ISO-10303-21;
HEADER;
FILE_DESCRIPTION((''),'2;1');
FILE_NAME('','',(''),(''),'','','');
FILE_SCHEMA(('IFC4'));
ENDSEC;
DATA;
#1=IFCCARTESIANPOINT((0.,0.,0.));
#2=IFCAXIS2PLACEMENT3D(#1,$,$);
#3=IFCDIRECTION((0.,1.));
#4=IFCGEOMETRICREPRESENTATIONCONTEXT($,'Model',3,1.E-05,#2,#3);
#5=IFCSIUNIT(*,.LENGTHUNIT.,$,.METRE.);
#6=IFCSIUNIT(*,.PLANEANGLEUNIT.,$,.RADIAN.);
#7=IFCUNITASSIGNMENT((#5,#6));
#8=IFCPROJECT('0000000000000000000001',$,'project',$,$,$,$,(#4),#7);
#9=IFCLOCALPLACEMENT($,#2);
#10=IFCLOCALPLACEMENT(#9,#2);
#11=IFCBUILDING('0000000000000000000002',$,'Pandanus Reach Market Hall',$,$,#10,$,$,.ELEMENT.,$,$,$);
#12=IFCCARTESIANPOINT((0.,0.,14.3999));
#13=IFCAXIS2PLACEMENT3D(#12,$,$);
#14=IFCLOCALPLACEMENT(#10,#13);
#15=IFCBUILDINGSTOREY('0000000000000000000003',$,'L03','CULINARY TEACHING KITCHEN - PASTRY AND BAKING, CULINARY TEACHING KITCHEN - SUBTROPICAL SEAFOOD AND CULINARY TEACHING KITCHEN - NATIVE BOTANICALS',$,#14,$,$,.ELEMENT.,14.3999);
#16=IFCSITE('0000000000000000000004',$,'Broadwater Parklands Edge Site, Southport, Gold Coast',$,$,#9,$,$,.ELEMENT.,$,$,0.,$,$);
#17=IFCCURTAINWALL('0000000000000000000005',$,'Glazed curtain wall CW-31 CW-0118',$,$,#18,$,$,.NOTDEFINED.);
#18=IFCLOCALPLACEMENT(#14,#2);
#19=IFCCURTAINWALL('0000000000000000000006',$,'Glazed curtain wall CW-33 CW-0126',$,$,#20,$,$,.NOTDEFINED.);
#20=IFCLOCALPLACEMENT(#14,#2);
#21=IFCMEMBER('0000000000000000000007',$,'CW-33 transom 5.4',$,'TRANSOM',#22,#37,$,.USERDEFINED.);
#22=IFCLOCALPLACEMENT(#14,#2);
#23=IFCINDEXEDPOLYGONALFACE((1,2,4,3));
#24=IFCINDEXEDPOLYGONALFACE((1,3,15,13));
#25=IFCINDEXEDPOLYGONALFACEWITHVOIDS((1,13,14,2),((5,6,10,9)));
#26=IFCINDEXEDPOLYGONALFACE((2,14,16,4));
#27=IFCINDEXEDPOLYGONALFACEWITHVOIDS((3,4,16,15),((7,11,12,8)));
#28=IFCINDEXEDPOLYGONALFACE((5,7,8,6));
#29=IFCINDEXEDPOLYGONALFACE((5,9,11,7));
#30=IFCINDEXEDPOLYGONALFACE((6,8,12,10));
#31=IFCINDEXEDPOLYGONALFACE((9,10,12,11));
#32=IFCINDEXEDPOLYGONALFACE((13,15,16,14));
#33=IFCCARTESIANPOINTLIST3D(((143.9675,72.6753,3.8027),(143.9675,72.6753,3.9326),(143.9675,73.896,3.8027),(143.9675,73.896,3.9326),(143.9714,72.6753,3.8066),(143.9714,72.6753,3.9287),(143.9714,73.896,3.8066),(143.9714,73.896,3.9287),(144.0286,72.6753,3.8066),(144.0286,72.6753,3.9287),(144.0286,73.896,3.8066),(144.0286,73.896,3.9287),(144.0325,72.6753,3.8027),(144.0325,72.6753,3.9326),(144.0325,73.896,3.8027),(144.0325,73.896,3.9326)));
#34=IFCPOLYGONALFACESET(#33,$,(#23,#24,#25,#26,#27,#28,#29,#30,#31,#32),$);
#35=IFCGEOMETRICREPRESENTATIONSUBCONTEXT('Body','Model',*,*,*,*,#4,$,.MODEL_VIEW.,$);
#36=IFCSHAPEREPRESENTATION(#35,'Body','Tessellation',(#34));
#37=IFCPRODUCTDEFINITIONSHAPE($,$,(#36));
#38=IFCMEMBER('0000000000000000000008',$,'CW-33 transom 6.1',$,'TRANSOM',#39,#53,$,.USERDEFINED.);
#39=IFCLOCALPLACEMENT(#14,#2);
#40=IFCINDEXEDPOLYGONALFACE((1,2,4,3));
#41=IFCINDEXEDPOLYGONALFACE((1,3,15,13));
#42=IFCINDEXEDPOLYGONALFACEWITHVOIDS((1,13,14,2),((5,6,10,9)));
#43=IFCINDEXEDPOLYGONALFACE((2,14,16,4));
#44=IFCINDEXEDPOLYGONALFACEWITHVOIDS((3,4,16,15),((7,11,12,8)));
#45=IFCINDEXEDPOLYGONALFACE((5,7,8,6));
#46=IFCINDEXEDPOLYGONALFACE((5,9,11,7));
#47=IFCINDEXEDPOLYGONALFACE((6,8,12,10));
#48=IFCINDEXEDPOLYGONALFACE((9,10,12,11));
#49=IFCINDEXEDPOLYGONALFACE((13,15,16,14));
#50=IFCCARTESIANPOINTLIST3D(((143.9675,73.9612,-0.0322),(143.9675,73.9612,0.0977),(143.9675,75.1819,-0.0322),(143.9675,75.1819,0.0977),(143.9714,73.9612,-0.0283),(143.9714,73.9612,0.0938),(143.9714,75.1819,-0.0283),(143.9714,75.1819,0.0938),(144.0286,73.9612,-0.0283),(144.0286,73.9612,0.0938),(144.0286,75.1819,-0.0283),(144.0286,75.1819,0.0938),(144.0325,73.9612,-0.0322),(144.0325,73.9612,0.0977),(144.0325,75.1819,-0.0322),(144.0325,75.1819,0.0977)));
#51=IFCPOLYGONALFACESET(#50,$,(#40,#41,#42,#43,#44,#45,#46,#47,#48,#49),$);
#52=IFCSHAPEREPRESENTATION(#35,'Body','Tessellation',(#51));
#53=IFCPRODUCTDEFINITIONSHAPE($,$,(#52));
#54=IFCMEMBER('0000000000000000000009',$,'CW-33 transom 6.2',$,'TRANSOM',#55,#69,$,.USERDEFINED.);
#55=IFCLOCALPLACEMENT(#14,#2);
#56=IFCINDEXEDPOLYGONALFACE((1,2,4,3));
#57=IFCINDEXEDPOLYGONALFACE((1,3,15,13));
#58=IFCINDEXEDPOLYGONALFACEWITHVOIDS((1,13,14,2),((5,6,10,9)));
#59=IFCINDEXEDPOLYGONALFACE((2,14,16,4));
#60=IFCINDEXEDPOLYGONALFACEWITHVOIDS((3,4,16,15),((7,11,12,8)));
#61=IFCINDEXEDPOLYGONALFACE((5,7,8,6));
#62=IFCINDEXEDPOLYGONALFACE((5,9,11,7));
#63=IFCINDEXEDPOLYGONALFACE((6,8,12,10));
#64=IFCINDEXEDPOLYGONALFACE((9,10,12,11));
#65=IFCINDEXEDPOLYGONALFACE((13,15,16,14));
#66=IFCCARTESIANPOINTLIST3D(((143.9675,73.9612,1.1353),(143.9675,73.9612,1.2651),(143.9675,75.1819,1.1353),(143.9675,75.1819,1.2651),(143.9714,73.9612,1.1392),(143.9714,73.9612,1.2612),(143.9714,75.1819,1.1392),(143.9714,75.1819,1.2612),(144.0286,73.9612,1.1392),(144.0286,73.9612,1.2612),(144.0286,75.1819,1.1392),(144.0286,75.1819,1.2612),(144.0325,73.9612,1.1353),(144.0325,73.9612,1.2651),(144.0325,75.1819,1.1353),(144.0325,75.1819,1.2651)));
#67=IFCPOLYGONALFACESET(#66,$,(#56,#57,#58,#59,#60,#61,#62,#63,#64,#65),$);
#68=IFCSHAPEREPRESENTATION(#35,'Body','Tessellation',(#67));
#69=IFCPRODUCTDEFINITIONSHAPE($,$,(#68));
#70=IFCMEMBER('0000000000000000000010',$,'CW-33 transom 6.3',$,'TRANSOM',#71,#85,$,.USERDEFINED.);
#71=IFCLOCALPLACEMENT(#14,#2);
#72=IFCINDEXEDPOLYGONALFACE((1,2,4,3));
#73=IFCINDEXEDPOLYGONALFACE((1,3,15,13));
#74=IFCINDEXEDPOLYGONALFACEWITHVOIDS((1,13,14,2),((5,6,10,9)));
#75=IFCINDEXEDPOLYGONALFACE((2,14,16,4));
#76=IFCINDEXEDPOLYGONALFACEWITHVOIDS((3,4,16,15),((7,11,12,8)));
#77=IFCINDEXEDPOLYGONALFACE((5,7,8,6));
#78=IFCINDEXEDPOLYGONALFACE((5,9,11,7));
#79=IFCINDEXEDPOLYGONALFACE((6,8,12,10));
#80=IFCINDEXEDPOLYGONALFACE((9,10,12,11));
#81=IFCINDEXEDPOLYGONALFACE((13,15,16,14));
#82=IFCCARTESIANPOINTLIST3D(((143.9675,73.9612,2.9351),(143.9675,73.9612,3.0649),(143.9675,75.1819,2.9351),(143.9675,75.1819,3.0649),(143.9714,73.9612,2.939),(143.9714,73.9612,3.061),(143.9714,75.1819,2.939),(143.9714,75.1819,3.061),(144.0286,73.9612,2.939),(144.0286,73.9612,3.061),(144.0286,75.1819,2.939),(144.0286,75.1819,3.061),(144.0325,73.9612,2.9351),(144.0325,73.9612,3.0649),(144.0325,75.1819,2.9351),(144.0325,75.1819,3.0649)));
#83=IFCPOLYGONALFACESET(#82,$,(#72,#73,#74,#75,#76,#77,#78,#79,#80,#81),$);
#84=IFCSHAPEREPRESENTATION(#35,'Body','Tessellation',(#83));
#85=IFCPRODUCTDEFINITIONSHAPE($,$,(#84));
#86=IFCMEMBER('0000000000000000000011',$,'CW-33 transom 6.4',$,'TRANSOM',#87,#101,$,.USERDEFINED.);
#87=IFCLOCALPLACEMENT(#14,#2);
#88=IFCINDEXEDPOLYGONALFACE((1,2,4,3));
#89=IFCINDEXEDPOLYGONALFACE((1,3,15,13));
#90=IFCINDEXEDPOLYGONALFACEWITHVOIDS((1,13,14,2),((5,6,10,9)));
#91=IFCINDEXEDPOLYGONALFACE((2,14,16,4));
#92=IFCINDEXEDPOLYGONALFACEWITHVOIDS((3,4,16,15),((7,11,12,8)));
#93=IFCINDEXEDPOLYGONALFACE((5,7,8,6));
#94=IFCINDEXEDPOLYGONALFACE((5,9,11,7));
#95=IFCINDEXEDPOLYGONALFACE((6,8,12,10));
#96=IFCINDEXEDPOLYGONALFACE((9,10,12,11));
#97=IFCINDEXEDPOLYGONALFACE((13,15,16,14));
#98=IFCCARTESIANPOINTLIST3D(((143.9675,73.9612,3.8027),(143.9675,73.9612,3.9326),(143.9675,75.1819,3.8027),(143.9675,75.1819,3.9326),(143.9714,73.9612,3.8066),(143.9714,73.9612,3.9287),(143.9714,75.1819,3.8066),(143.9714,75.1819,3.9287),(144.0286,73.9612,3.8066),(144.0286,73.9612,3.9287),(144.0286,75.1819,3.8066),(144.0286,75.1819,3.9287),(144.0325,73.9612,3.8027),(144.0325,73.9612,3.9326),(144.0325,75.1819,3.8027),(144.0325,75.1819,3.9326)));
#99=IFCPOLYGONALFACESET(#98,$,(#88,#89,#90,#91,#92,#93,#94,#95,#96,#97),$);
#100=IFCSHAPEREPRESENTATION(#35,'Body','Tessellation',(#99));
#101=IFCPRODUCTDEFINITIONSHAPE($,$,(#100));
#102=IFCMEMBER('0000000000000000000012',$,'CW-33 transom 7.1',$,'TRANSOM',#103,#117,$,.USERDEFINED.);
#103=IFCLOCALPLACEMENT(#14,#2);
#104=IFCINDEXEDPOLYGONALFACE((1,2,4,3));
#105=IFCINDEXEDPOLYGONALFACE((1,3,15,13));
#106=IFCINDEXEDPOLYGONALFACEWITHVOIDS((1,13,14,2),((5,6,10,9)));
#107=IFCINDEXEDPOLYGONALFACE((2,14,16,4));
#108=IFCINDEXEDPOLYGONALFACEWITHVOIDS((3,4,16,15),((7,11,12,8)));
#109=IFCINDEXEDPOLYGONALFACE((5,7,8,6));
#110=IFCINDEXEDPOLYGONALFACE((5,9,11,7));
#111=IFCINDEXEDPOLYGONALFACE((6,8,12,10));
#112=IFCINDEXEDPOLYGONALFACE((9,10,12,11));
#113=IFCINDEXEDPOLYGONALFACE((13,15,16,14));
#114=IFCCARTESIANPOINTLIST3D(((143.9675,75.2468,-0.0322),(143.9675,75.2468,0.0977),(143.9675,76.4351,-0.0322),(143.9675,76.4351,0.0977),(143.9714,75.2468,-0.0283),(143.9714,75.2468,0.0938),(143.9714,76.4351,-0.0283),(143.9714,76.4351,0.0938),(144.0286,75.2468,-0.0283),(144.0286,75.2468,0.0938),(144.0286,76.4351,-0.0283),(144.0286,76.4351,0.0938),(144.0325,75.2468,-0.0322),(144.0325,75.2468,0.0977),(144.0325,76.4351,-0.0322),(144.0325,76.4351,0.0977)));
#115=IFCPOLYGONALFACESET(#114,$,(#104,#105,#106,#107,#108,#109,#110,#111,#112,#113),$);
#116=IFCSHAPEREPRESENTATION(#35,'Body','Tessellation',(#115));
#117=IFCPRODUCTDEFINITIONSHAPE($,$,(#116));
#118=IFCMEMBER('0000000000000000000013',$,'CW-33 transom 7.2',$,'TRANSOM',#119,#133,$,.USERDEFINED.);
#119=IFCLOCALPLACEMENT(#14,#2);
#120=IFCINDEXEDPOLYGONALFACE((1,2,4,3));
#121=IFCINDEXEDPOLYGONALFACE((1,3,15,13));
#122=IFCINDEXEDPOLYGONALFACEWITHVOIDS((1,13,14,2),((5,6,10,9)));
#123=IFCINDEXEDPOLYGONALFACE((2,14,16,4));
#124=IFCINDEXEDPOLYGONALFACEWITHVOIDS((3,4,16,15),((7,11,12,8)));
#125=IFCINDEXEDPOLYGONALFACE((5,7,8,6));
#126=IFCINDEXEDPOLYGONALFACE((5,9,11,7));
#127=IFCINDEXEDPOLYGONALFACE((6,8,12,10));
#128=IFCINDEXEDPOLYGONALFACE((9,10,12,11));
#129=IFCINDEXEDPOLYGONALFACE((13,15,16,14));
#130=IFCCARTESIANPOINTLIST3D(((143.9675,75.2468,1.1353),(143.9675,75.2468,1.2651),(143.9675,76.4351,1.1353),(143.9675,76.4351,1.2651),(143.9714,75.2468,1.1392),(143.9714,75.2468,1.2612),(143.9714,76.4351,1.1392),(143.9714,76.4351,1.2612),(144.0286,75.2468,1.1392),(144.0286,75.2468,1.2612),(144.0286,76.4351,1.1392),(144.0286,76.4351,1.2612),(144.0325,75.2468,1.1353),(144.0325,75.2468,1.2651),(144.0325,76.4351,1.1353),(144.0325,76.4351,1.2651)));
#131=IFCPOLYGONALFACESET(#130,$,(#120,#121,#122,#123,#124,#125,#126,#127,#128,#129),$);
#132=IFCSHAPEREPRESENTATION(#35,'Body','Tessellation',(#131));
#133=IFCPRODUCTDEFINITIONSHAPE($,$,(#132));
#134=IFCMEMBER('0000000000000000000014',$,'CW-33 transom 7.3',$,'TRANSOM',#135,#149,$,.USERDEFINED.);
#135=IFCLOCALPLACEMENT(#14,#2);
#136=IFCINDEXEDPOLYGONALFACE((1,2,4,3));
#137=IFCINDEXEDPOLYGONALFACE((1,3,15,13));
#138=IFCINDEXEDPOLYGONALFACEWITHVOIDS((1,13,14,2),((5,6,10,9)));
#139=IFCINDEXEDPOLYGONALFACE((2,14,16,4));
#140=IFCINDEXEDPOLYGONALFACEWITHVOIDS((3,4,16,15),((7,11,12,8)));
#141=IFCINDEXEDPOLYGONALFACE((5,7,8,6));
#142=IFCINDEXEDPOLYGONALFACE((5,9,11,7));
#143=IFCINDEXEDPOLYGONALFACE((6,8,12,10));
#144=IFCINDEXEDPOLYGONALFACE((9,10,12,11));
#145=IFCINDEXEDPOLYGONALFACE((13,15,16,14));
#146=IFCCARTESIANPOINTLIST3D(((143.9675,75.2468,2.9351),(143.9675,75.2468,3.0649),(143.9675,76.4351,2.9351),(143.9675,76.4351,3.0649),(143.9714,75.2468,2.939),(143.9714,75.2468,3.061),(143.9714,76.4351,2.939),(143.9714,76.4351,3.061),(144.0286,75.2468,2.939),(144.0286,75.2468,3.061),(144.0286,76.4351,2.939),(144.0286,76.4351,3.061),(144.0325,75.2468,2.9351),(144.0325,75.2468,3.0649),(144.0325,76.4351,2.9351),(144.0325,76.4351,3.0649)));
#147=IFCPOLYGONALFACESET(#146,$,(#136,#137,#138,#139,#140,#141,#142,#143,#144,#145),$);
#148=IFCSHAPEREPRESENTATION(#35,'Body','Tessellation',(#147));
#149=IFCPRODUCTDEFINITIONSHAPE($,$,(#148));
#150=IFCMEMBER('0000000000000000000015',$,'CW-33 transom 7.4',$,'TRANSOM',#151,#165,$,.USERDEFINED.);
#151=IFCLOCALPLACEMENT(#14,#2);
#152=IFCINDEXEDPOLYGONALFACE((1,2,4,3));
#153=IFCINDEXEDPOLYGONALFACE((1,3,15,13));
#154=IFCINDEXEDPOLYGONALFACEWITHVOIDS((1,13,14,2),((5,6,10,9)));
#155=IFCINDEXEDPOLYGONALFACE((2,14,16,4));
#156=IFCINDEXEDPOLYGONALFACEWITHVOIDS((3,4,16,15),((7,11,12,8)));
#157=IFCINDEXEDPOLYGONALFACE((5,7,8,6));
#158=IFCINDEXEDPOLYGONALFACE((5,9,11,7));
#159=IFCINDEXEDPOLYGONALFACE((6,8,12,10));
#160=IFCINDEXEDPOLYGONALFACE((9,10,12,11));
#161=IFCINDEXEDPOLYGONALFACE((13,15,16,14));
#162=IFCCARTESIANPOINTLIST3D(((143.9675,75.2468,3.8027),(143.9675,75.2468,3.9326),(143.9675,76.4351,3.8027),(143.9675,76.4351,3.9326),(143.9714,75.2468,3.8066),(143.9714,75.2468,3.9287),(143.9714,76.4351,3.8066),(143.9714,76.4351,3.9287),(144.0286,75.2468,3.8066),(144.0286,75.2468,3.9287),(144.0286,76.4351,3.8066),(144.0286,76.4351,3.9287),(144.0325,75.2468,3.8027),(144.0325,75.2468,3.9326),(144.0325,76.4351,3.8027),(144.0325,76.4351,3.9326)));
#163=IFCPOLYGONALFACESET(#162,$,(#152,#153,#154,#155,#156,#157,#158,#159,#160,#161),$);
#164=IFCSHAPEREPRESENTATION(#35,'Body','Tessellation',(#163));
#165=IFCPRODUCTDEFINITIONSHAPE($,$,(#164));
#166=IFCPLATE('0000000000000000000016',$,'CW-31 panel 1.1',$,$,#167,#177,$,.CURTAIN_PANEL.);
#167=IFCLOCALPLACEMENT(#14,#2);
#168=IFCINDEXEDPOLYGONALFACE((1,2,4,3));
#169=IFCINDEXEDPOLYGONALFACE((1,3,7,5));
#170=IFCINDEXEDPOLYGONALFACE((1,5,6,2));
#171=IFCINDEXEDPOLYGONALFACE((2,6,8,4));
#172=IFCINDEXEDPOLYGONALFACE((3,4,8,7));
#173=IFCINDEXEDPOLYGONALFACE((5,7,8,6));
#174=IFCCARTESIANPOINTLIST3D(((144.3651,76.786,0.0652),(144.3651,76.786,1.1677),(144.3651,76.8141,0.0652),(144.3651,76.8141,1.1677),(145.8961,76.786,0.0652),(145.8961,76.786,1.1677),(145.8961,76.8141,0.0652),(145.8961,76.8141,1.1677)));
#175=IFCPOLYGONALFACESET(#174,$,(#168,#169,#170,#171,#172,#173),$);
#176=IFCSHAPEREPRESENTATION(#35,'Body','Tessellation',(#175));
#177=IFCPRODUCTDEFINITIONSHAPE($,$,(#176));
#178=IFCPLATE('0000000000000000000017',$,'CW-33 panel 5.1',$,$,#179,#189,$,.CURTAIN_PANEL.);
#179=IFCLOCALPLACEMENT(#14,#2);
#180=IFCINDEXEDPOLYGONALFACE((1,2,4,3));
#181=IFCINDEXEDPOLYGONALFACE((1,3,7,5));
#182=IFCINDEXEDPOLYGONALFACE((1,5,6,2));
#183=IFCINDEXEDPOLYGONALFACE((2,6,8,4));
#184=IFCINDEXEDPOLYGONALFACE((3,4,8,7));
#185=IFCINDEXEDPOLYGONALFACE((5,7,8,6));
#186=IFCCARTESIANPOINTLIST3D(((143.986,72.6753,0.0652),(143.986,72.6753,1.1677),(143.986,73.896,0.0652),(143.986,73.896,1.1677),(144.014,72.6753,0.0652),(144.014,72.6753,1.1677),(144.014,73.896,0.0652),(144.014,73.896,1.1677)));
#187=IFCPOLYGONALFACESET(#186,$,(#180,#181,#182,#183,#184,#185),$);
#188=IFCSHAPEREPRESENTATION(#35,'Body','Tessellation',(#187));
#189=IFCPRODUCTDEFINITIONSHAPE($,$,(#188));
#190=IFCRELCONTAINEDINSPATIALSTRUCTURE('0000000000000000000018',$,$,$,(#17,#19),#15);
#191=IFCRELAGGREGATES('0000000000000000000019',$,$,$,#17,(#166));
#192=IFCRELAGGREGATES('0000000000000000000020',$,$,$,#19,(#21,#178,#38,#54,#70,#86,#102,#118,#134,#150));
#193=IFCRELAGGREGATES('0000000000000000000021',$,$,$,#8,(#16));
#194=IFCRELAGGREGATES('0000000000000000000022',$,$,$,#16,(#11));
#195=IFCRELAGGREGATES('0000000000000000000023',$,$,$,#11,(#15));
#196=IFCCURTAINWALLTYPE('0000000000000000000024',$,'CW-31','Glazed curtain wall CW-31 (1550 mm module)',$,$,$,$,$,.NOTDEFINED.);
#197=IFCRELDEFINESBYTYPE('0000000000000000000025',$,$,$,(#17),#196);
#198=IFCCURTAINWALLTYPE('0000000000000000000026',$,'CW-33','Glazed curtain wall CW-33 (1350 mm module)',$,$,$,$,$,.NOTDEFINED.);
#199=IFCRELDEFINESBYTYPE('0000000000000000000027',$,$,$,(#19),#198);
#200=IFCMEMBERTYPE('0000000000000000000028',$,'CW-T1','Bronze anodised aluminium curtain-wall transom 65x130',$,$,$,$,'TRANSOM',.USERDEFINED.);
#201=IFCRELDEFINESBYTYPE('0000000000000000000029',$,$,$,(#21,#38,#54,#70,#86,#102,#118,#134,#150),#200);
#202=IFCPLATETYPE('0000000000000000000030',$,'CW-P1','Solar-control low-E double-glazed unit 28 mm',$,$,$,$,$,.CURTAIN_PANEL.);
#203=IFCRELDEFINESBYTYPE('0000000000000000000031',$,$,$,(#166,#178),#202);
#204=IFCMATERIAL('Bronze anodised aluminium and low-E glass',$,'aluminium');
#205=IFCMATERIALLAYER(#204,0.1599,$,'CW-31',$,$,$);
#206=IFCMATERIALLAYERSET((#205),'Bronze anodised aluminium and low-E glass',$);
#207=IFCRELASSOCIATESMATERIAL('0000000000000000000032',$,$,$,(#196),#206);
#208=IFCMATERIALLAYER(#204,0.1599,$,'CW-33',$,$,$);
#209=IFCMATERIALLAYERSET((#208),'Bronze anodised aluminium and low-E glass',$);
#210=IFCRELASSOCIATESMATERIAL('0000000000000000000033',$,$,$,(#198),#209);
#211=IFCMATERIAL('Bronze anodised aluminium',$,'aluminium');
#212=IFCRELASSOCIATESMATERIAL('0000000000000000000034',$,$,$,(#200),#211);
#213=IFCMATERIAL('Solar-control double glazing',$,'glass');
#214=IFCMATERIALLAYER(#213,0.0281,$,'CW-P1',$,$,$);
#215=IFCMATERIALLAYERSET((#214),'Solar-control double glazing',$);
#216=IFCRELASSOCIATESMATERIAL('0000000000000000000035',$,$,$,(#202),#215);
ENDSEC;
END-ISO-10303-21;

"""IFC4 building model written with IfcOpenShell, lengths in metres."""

from ifc_helpers import new_model, si_unit, direction, frame, origin, origin_2d, place, context, subcontext, project, spatial, rectangle, hollow_rectangle, extrude, material, layer, layer_set, material_profile, profile_set, type_object, element, aggregate, save


model = new_model("IFC4")

# Units and contexts
model_context = context("Model", 3, precision=1e-05, world=origin(), true_north=direction((0.0, 1.0)))
body_context = subcontext(model_context, "Body", "Model", "MODEL_VIEW")
ifc_project = project(units=[si_unit("LENGTHUNIT", "METRE"), si_unit("PLANEANGLEUNIT", "RADIAN")], contexts=[model_context])

# Site, building, storey
site_placement = place(None, origin())
site = spatial("IfcSite", under=ifc_project, at=site_placement, Name="Broadwater Parklands Edge Site, Southport, Gold Coast", CompositionType="ELEMENT", RefElevation=0.0)
building_placement = place(site_placement, origin())
building = spatial("IfcBuilding", under=site, at=building_placement, Name="Pandanus Reach Market Hall", CompositionType="ELEMENT")
storey_placement = place(building_placement, frame((0.0, 0.0, 14.3999)))
storey = spatial("IfcBuildingStorey", under=building, at=storey_placement, Name="L03", Description="CULINARY TEACHING KITCHEN - PASTRY AND BAKING, CULINARY TEACHING KITCHEN - SUBTROPICAL SEAFOOD AND CULINARY TEACHING KITCHEN - NATIVE BOTANICALS", CompositionType="ELEMENT", Elevation=14.3999)

# Curtain wall
ifc_material_1 = material(Name="Bronze anodised aluminium and low-E glass", Category="aluminium")
ifc_layer_1 = layer(ifc_material_1, 0.1599, Name="CW-31")
ifc_layer_set_1 = layer_set([ifc_layer_1], Name="Bronze anodised aluminium and low-E glass")
curtain_wall_type_1 = type_object("IfcCurtainWallType", Name="CW-31", Description="Glazed curtain wall CW-31 (1550 mm module)", PredefinedType="NOTDEFINED", material=ifc_layer_set_1)
curtain_wall_1_placement = place(storey_placement, origin())
curtain_wall_1 = element("IfcCurtainWall", 1, at=curtain_wall_1_placement, inside=storey, type_object=curtain_wall_type_1, Name="Glazed curtain wall CW-31 CW-0118", PredefinedType="NOTDEFINED")
ifc_material_2 = material(Name="Bronze anodised aluminium", Category="aluminium")

# Curtain wall
ifc_layer_2 = layer(ifc_material_1, 0.1599, Name="CW-33")
ifc_layer_set_2 = layer_set([ifc_layer_2], Name="Bronze anodised aluminium and low-E glass")
curtain_wall_type_2 = type_object("IfcCurtainWallType", Name="CW-33", Description="Glazed curtain wall CW-33 (1350 mm module)", PredefinedType="NOTDEFINED", material=ifc_layer_set_2)
curtain_wall_2_placement = place(storey_placement, origin())
curtain_wall_2 = element("IfcCurtainWall", 2, at=curtain_wall_2_placement, inside=storey, type_object=curtain_wall_type_2, Name="Glazed curtain wall CW-33 CW-0126", PredefinedType="NOTDEFINED")

# Members
ifc_material_profile_1 = material_profile(ifc_material_2, hollow_rectangle(XDim=0.0649, YDim=0.1299, WallThickness=0.0039, at=origin_2d()), Name="ALU65x130", Category="LoadBearing")
ifc_profile_set_1 = profile_set([ifc_material_profile_1], Name="Bronze anodised aluminium")
member_type_1 = type_object("IfcMemberType", Name="CW-T1", Description="Bronze anodised aluminium curtain-wall transom 65x130", ElementType="TRANSOM", PredefinedType="USERDEFINED", material=ifc_profile_set_1)
member_1_placement = place(storey_placement, frame((144.0, 72.6753, 3.8677), z_axis=(0.0, 1.0, 0.0), x_axis=(-1.0, 0.0, 0.0)))
member_1 = element("IfcMember", 3, at=member_1_placement, type_object=member_type_1, Name="CW-33 transom 5.4", ObjectType="TRANSOM", PredefinedType="USERDEFINED", context=body_context, shape_type="SweptSolid", body=[
    extrude(hollow_rectangle(XDim=0.0649, YDim=0.1299, WallThickness=0.0039, at=origin_2d()), origin(), (0.0, 0.0, 1.0), 1.2207),
])
member_2_placement = place(storey_placement, frame((144.0, 73.9612, 0.0327), z_axis=(0.0, 1.0, 0.0), x_axis=(-1.0, 0.0, 0.0)))
member_2 = element("IfcMember", 4, at=member_2_placement, type_object=member_type_1, Name="CW-33 transom 6.1", ObjectType="TRANSOM", PredefinedType="USERDEFINED", context=body_context, shape_type="SweptSolid", body=[
    extrude(hollow_rectangle(XDim=0.0649, YDim=0.1299, WallThickness=0.0039, at=origin_2d()), origin(), (0.0, 0.0, 1.0), 1.2207),
])
member_3_placement = place(storey_placement, frame((144.0, 73.9612, 1.2002), z_axis=(0.0, 1.0, 0.0), x_axis=(-1.0, 0.0, 0.0)))
member_3 = element("IfcMember", 5, at=member_3_placement, type_object=member_type_1, Name="CW-33 transom 6.2", ObjectType="TRANSOM", PredefinedType="USERDEFINED", context=body_context, shape_type="SweptSolid", body=[
    extrude(hollow_rectangle(XDim=0.0649, YDim=0.1299, WallThickness=0.0039, at=origin_2d()), origin(), (0.0, 0.0, 1.0), 1.2207),
])
member_4_placement = place(storey_placement, frame((144.0, 73.9612, 3.0), z_axis=(0.0, 1.0, 0.0), x_axis=(-1.0, 0.0, 0.0)))
member_4 = element("IfcMember", 6, at=member_4_placement, type_object=member_type_1, Name="CW-33 transom 6.3", ObjectType="TRANSOM", PredefinedType="USERDEFINED", context=body_context, shape_type="SweptSolid", body=[
    extrude(hollow_rectangle(XDim=0.0649, YDim=0.1299, WallThickness=0.0039, at=origin_2d()), origin(), (0.0, 0.0, 1.0), 1.2207),
])
member_5_placement = place(storey_placement, frame((144.0, 73.9612, 3.8677), z_axis=(0.0, 1.0, 0.0), x_axis=(-1.0, 0.0, 0.0)))
member_5 = element("IfcMember", 7, at=member_5_placement, type_object=member_type_1, Name="CW-33 transom 6.4", ObjectType="TRANSOM", PredefinedType="USERDEFINED", context=body_context, shape_type="SweptSolid", body=[
    extrude(hollow_rectangle(XDim=0.0649, YDim=0.1299, WallThickness=0.0039, at=origin_2d()), origin(), (0.0, 0.0, 1.0), 1.2207),
])
member_6_placement = place(storey_placement, frame((144.0, 75.2468, 0.0327), z_axis=(0.0, 1.0, 0.0), x_axis=(-1.0, 0.0, 0.0)))
member_6 = element("IfcMember", 8, at=member_6_placement, type_object=member_type_1, Name="CW-33 transom 7.1", ObjectType="TRANSOM", PredefinedType="USERDEFINED", context=body_context, shape_type="SweptSolid", body=[
    extrude(hollow_rectangle(XDim=0.0649, YDim=0.1299, WallThickness=0.0039, at=origin_2d()), origin(), (0.0, 0.0, 1.0), 1.1882),
])
member_7_placement = place(storey_placement, frame((144.0, 75.2468, 1.2002), z_axis=(0.0, 1.0, 0.0), x_axis=(-1.0, 0.0, 0.0)))
member_7 = element("IfcMember", 9, at=member_7_placement, type_object=member_type_1, Name="CW-33 transom 7.2", ObjectType="TRANSOM", PredefinedType="USERDEFINED", context=body_context, shape_type="SweptSolid", body=[
    extrude(hollow_rectangle(XDim=0.0649, YDim=0.1299, WallThickness=0.0039, at=origin_2d()), origin(), (0.0, 0.0, 1.0), 1.1882),
])
member_8_placement = place(storey_placement, frame((144.0, 75.2468, 3.0), z_axis=(0.0, 1.0, 0.0), x_axis=(-1.0, 0.0, 0.0)))
member_8 = element("IfcMember", 10, at=member_8_placement, type_object=member_type_1, Name="CW-33 transom 7.3", ObjectType="TRANSOM", PredefinedType="USERDEFINED", context=body_context, shape_type="SweptSolid", body=[
    extrude(hollow_rectangle(XDim=0.0649, YDim=0.1299, WallThickness=0.0039, at=origin_2d()), origin(), (0.0, 0.0, 1.0), 1.1882),
])
member_9_placement = place(storey_placement, frame((144.0, 75.2468, 3.8677), z_axis=(0.0, 1.0, 0.0), x_axis=(-1.0, 0.0, 0.0)))
member_9 = element("IfcMember", 11, at=member_9_placement, type_object=member_type_1, Name="CW-33 transom 7.4", ObjectType="TRANSOM", PredefinedType="USERDEFINED", context=body_context, shape_type="SweptSolid", body=[
    extrude(hollow_rectangle(XDim=0.0649, YDim=0.1299, WallThickness=0.0039, at=origin_2d()), origin(), (0.0, 0.0, 1.0), 1.1882),
])

# Plates
ifc_material_3 = material(Name="Solar-control double glazing", Category="glass")
ifc_layer_3 = layer(ifc_material_3, 0.0281, Name="CW-P1")
ifc_layer_set_3 = layer_set([ifc_layer_3], Name="Solar-control double glazing")
plate_type = type_object("IfcPlateType", Name="CW-P1", Description="Solar-control low-E double-glazed unit 28 mm", PredefinedType="CURTAIN_PANEL", material=ifc_layer_set_3)
plate_1_placement = place(storey_placement, frame((145.1306, 76.8, 0.0652), z_axis=(0.0, 0.0, 1.0), x_axis=(1.0, 0.0, 0.0)))
plate_1 = element("IfcPlate", 12, at=plate_1_placement, type_object=plate_type, Name="CW-31 panel 1.1", PredefinedType="CURTAIN_PANEL", context=body_context, shape_type="SweptSolid", body=[
    extrude(rectangle(XDim=1.531, YDim=0.0281, at=origin_2d()), origin(), (0.0, 0.0, 1.0), 1.1025),
])
aggregate(curtain_wall_1, [plate_1])
plate_2_placement = place(storey_placement, frame((144.0, 73.2856, 0.0652), z_axis=(0.0, 0.0, 1.0), x_axis=(0.0, 1.0, 0.0)))
plate_2 = element("IfcPlate", 13, at=plate_2_placement, type_object=plate_type, Name="CW-33 panel 5.1", PredefinedType="CURTAIN_PANEL", context=body_context, shape_type="SweptSolid", body=[
    extrude(rectangle(XDim=1.2207, YDim=0.0281, at=origin_2d()), origin(), (0.0, 0.0, 1.0), 1.1025),
])
aggregate(curtain_wall_2, [member_1, plate_2, member_2, member_3, member_4, member_5, member_6, member_7, member_8, member_9])

save(model, "model.ifc")
